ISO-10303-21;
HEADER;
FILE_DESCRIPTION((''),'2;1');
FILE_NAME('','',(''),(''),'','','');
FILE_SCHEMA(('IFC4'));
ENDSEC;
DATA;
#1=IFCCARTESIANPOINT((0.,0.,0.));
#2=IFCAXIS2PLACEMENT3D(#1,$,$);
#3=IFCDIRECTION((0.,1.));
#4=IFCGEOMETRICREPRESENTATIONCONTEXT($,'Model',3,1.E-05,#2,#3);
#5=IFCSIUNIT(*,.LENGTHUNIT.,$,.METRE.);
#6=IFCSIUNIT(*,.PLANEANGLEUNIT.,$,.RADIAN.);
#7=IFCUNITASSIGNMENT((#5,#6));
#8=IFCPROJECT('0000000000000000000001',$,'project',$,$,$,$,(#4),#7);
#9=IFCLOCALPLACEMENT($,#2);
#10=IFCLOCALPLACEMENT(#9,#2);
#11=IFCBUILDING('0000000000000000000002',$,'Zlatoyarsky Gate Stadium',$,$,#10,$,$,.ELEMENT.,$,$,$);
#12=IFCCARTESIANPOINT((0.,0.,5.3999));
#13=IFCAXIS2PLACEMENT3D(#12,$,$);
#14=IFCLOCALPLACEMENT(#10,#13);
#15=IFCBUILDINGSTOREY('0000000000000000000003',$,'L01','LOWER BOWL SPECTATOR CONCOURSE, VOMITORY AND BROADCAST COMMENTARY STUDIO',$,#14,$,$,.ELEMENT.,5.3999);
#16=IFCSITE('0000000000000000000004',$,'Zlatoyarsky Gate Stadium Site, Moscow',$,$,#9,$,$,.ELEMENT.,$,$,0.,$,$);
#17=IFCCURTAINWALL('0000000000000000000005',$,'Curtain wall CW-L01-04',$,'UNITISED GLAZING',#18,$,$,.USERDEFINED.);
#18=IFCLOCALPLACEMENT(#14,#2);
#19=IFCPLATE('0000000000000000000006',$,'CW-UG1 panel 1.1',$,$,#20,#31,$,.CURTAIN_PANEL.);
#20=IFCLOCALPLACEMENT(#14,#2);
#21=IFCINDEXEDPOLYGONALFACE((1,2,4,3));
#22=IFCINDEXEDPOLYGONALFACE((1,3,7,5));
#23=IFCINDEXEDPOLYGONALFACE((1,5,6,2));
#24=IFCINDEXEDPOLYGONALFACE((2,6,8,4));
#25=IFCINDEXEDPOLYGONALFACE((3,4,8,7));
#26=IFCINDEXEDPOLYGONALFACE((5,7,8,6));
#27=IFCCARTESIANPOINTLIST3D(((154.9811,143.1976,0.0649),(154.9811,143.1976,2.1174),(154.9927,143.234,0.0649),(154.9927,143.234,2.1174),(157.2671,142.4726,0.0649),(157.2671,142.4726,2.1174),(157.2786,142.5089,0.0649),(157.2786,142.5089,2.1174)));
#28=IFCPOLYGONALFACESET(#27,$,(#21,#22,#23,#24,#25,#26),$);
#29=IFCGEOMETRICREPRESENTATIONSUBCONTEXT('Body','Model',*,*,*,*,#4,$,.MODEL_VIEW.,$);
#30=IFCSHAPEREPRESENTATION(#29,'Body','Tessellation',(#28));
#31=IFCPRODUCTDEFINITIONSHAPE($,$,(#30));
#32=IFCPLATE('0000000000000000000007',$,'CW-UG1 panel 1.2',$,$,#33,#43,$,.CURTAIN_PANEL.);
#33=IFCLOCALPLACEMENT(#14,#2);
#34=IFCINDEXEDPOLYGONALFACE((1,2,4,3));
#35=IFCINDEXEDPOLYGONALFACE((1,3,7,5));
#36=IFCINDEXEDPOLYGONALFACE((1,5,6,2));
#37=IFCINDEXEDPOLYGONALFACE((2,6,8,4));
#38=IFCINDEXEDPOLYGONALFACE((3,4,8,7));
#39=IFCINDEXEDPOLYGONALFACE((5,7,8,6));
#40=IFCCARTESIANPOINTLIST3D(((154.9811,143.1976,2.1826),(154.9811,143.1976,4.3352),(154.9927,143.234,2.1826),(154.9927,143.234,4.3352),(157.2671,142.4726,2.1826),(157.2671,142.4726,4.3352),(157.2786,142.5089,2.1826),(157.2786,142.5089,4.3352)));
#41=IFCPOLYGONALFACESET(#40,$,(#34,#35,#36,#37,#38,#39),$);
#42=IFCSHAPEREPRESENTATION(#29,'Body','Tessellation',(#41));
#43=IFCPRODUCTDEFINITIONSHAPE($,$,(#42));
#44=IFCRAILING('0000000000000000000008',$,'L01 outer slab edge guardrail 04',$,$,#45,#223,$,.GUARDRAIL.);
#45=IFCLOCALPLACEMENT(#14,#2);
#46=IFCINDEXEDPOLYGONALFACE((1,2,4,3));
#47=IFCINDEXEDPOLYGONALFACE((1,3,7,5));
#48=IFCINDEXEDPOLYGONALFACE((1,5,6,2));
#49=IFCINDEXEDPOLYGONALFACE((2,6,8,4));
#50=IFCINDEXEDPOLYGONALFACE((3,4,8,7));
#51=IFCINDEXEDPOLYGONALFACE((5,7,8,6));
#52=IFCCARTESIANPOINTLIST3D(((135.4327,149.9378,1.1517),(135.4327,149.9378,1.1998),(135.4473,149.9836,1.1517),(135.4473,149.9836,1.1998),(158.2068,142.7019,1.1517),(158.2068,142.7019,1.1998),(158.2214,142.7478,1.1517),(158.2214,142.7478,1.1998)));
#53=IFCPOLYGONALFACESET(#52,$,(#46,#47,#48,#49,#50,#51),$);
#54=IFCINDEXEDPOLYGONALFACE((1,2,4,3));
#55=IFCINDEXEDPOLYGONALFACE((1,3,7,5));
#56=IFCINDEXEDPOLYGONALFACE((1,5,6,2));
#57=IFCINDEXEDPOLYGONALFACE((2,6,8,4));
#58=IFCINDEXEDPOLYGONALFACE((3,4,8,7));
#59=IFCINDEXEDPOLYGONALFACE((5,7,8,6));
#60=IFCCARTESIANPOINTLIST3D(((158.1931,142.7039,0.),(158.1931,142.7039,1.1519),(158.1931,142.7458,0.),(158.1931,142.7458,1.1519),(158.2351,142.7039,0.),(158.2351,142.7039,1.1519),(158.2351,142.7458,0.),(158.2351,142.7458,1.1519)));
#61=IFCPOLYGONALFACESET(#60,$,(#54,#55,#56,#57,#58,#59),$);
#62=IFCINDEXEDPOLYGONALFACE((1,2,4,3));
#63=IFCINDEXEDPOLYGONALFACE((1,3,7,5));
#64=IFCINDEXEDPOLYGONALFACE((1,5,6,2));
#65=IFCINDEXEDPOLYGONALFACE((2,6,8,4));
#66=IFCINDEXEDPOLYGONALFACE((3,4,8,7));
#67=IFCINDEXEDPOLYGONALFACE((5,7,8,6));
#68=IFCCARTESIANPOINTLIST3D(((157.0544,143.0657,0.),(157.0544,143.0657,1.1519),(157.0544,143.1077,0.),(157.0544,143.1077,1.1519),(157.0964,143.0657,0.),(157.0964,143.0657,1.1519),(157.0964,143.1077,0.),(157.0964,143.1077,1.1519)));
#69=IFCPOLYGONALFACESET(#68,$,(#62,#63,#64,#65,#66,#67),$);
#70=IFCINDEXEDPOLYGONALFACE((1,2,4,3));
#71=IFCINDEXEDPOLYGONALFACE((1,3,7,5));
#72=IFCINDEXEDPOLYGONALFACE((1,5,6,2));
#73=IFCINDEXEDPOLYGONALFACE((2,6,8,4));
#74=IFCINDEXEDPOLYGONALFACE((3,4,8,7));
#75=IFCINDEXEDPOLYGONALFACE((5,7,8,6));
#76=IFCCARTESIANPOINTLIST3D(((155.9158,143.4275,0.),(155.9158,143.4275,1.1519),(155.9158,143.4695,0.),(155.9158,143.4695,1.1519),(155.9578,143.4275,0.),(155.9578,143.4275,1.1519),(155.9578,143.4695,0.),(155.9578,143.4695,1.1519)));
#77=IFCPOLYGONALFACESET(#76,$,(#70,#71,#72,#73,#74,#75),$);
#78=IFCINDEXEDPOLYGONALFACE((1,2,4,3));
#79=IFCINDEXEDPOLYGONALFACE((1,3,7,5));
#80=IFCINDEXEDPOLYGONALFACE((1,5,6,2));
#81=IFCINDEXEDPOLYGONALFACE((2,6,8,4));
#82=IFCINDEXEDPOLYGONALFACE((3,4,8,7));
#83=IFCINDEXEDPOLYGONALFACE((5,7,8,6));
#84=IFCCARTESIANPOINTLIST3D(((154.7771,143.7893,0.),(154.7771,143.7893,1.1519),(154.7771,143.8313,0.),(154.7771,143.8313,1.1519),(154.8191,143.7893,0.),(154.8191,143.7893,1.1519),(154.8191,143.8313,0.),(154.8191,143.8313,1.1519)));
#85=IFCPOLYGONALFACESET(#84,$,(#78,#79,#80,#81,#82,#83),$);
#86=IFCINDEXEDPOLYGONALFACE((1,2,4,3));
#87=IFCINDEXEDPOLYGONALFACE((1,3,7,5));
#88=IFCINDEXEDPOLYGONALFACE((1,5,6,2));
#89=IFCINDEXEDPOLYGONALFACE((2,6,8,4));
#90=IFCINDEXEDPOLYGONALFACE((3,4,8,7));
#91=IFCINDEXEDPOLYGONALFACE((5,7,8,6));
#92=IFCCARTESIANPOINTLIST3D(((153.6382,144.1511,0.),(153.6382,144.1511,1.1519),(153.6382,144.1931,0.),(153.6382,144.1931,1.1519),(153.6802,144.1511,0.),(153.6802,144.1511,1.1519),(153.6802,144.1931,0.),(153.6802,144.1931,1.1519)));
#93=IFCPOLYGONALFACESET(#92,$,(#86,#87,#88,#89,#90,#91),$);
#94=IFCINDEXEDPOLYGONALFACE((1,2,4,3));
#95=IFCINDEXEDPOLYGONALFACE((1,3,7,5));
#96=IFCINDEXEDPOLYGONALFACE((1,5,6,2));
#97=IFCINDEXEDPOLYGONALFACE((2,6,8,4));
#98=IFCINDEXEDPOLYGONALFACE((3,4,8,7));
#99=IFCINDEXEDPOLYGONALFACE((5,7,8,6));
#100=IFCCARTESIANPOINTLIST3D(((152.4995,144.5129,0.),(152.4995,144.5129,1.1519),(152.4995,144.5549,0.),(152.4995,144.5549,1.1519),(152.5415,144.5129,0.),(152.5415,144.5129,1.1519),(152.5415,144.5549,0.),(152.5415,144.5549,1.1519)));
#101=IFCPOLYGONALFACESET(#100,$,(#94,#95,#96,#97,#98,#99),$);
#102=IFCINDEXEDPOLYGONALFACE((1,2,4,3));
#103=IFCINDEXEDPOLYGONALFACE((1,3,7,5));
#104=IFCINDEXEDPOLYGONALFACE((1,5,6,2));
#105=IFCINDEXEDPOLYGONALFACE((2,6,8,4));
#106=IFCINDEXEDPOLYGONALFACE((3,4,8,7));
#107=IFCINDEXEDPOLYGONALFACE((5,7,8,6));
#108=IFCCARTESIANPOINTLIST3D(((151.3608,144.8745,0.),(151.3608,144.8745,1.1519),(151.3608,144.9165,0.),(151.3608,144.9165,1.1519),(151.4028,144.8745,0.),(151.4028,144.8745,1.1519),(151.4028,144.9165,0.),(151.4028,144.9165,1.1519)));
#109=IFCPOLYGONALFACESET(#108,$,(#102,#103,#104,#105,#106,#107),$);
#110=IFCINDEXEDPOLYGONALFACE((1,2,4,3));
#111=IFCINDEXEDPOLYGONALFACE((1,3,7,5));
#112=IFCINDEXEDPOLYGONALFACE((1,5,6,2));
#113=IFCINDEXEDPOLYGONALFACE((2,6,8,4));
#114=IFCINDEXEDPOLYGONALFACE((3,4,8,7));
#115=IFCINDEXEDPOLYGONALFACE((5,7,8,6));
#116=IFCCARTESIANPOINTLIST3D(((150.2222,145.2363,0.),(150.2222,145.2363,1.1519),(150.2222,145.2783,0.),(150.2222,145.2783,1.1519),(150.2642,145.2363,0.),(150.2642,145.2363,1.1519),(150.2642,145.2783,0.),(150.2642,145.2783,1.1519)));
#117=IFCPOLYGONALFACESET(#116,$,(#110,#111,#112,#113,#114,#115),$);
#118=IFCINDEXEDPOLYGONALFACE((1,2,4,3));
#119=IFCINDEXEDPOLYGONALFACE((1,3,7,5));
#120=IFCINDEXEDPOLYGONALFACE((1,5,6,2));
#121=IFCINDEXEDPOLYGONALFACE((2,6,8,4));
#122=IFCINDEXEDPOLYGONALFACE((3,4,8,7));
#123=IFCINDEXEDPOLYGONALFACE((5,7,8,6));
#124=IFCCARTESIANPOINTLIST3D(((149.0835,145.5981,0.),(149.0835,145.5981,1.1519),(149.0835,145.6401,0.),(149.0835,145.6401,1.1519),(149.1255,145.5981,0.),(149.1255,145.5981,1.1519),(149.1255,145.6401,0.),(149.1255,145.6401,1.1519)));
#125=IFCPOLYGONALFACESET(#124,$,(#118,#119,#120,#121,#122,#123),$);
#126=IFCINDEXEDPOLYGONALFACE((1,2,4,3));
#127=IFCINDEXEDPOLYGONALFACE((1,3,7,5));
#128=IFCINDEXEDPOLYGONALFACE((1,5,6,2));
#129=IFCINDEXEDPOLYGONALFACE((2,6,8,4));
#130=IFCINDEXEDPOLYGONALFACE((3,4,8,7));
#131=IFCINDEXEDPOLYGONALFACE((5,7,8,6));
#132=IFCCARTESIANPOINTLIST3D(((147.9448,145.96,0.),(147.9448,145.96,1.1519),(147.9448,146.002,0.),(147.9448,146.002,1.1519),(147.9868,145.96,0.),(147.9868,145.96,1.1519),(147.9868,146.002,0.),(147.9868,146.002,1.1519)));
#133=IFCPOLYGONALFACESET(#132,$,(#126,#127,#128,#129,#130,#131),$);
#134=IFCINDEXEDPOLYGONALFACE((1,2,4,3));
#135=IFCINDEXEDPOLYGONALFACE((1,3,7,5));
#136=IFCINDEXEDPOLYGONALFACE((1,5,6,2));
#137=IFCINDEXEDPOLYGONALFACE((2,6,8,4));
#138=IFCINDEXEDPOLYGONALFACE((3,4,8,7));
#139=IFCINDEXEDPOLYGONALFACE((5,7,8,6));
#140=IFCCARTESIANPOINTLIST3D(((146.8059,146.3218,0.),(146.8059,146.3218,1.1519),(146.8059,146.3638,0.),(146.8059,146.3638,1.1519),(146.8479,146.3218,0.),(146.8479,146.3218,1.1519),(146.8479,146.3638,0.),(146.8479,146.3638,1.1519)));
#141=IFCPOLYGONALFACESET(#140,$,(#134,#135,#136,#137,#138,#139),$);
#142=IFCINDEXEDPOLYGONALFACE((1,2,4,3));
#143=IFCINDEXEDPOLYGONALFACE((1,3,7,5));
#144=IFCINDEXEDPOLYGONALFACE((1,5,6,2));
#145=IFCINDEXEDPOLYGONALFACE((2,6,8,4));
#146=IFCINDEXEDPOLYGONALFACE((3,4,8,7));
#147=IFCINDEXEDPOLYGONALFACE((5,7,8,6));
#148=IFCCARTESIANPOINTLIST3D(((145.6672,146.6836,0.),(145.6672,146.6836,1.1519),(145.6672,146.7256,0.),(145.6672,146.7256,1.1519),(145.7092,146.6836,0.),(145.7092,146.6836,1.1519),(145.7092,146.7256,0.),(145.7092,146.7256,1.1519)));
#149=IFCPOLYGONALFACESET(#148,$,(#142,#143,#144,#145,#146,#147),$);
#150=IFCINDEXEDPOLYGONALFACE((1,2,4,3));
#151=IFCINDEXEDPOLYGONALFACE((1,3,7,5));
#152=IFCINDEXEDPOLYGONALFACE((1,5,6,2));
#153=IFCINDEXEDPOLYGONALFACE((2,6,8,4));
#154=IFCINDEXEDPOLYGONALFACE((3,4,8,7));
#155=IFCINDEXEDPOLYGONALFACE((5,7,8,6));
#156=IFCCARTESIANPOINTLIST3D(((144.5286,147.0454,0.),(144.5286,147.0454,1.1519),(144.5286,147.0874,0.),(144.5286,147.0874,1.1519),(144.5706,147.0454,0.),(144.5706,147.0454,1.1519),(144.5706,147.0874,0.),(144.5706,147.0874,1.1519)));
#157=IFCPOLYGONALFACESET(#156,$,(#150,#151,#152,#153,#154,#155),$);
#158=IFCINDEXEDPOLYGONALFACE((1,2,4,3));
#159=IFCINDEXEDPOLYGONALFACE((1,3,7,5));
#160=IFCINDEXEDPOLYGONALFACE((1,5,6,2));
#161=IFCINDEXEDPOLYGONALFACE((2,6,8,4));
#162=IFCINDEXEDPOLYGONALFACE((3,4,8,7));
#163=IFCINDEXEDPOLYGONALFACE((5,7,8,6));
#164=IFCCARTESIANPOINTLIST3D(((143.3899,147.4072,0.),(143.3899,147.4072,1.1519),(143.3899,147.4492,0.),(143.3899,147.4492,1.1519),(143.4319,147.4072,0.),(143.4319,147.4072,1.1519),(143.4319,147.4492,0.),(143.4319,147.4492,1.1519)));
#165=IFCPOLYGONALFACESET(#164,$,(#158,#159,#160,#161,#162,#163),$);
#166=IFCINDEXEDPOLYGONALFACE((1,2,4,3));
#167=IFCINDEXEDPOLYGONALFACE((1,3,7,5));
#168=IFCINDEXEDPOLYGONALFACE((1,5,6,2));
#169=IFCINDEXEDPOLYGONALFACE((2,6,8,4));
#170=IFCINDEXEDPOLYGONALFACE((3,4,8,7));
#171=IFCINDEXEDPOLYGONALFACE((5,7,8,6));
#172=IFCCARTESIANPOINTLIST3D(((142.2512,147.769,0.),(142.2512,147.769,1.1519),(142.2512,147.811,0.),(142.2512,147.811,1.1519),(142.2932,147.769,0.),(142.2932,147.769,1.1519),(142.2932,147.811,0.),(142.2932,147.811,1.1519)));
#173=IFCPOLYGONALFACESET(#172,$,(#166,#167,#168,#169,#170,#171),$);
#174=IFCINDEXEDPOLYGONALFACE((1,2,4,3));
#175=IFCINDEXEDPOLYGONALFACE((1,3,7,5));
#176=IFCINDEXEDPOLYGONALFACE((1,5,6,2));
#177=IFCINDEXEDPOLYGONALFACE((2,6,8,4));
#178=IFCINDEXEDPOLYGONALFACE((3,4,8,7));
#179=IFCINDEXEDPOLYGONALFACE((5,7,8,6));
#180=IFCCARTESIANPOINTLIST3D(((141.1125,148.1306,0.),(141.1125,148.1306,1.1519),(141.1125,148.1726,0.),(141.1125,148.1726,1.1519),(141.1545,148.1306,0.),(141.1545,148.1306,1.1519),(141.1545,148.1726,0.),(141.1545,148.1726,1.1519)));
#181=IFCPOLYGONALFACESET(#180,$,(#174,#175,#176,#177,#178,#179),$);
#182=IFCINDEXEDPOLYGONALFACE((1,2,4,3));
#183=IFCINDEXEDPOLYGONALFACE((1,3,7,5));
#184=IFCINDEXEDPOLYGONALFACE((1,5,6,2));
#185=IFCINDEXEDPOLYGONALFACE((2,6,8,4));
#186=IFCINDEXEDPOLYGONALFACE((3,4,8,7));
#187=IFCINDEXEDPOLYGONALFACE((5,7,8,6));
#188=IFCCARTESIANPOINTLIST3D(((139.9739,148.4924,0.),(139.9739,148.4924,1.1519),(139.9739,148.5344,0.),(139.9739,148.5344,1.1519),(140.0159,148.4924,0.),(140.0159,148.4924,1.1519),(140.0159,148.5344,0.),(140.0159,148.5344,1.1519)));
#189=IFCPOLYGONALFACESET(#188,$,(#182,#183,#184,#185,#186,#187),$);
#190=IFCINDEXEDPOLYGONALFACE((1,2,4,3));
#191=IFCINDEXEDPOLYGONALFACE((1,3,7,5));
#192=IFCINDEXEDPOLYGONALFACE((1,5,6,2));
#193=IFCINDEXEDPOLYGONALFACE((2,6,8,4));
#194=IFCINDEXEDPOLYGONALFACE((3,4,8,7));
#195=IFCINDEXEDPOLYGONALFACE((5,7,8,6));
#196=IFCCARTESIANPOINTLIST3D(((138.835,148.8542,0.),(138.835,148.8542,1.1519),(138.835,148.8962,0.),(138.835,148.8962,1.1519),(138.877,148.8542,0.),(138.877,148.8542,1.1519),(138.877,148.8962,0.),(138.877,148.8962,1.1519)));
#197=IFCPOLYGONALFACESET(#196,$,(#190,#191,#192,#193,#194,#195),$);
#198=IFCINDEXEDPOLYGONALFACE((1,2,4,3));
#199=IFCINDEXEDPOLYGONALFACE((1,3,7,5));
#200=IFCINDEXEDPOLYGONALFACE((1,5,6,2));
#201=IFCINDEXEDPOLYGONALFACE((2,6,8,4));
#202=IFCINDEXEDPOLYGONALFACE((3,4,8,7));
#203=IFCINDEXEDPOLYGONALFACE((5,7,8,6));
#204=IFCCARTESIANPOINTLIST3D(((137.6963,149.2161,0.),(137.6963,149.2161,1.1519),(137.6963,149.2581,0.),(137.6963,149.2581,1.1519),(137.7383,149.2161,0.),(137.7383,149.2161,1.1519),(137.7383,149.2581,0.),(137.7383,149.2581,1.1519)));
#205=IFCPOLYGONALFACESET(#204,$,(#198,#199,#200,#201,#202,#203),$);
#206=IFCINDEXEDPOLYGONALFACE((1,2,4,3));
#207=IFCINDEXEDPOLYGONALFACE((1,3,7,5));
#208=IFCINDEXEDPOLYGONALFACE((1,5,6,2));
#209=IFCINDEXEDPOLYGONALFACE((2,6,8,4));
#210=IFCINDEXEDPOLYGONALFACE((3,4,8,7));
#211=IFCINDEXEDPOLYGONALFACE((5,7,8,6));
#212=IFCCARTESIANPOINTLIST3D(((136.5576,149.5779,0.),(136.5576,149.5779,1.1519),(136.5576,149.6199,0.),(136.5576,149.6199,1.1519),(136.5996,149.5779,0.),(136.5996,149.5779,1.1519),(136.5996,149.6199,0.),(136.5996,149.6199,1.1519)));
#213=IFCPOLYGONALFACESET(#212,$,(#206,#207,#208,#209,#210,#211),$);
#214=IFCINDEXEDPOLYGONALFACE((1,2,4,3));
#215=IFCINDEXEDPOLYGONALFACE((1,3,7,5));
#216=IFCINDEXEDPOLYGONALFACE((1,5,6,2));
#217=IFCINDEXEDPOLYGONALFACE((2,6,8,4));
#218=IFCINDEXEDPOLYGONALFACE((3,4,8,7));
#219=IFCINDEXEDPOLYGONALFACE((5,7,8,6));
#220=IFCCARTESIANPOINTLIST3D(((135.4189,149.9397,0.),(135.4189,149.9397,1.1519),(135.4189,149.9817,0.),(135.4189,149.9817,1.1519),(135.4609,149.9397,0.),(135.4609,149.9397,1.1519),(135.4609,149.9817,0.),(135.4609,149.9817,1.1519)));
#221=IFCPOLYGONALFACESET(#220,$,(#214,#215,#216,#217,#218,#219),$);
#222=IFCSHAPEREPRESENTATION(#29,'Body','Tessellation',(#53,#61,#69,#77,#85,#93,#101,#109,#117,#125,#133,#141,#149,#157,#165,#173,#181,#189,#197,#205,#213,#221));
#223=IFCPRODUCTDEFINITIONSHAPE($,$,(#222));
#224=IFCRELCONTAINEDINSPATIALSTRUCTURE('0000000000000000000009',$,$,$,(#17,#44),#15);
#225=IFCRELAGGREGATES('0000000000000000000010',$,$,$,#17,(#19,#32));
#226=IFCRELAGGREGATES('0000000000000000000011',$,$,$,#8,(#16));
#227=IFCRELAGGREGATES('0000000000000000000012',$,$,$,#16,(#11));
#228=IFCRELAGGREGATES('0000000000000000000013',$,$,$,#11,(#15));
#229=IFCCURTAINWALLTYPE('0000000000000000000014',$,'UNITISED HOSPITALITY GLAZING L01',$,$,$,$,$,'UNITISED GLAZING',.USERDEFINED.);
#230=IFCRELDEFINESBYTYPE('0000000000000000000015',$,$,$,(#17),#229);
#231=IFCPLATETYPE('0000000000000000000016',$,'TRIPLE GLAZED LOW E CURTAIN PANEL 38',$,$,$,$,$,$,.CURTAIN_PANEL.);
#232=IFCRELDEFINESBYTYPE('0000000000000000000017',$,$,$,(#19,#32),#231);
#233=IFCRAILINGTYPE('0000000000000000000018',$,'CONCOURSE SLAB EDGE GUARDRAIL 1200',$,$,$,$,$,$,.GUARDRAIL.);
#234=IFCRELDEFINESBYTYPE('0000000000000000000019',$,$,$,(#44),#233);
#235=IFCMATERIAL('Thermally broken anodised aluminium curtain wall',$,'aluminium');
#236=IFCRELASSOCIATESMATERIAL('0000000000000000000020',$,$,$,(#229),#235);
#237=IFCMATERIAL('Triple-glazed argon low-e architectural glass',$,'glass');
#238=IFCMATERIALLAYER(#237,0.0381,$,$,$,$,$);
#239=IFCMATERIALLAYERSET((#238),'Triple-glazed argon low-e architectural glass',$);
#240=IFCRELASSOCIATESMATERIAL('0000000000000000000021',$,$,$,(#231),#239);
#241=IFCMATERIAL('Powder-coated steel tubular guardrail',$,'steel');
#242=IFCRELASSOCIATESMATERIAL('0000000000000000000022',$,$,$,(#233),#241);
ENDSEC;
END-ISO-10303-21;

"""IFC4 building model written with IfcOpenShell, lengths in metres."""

from ifc_helpers import new_model, si_unit, direction, frame, origin, origin_2d, place, context, subcontext, project, spatial, rectangle, extrude, material, layer, layer_set, type_object, element, aggregate, save


model = new_model("IFC4")

# Units and contexts
model_context = context("Model", 3, precision=1e-05, world=origin(), true_north=direction((0.0, 1.0)))
body_context = subcontext(model_context, "Body", "Model", "MODEL_VIEW")
ifc_project = project(units=[si_unit("LENGTHUNIT", "METRE"), si_unit("PLANEANGLEUNIT", "RADIAN")], contexts=[model_context])

# Site, building, storey
site_placement = place(None, origin())
site = spatial("IfcSite", under=ifc_project, at=site_placement, Name="Zlatoyarsky Gate Stadium Site, Moscow", CompositionType="ELEMENT", RefElevation=0.0)
building_placement = place(site_placement, origin())
building = spatial("IfcBuilding", under=site, at=building_placement, Name="Zlatoyarsky Gate Stadium", CompositionType="ELEMENT")
storey_placement = place(building_placement, frame((0.0, 0.0, 5.3999)))
storey = spatial("IfcBuildingStorey", under=building, at=storey_placement, Name="L01", Description="LOWER BOWL SPECTATOR CONCOURSE, VOMITORY AND BROADCAST COMMENTARY STUDIO", CompositionType="ELEMENT", Elevation=5.3999)

# Curtain wall
ifc_material_1 = material(Name="Thermally broken anodised aluminium curtain wall", Category="aluminium")
curtain_wall_type = type_object("IfcCurtainWallType", Name="UNITISED HOSPITALITY GLAZING L01", ElementType="UNITISED GLAZING", PredefinedType="USERDEFINED", material=ifc_material_1)
curtain_wall_1_placement = place(storey_placement, origin())
curtain_wall_1 = element("IfcCurtainWall", 1, at=curtain_wall_1_placement, inside=storey, type_object=curtain_wall_type, Name="Curtain wall CW-L01-04", ObjectType="UNITISED GLAZING", PredefinedType="USERDEFINED")

# Plates
ifc_material_2 = material(Name="Triple-glazed argon low-e architectural glass", Category="glass")
ifc_layer_1 = layer(ifc_material_2, 0.0381)
ifc_layer_set_1 = layer_set([ifc_layer_1], Name="Triple-glazed argon low-e architectural glass")
plate_type_1 = type_object("IfcPlateType", Name="TRIPLE GLAZED LOW E CURTAIN PANEL 38", PredefinedType="CURTAIN_PANEL", material=ifc_layer_set_1)
plate_1_placement = place(storey_placement, frame((156.1299, 142.8533, 0.0649), z_axis=(0.0, 0.0, 1.0), x_axis=(-0.953202, 0.302334, 0.0)))
plate_1 = element("IfcPlate", 2, at=plate_1_placement, type_object=plate_type_1, Name="CW-UG1 panel 1.1", PredefinedType="CURTAIN_PANEL", context=body_context, shape_type="SweptSolid", body=[
    extrude(rectangle(XDim=2.3982, YDim=0.0381, at=origin_2d()), origin(), (0.0, 0.0, 1.0), 2.0525),
])
plate_2_placement = place(storey_placement, frame((156.1299, 142.8533, 2.1826), z_axis=(0.0, 0.0, 1.0), x_axis=(-0.953202, 0.302334, 0.0)))
plate_2 = element("IfcPlate", 3, at=plate_2_placement, type_object=plate_type_1, Name="CW-UG1 panel 1.2", PredefinedType="CURTAIN_PANEL", context=body_context, shape_type="SweptSolid", body=[
    extrude(rectangle(XDim=2.3982, YDim=0.0381, at=origin_2d()), origin(), (0.0, 0.0, 1.0), 2.1526),
])
aggregate(curtain_wall_1, [plate_1, plate_2])

# Railing
ifc_material_3 = material(Name="Powder-coated steel tubular guardrail", Category="steel")
railing_type = type_object("IfcRailingType", Name="CONCOURSE SLAB EDGE GUARDRAIL 1200", PredefinedType="GUARDRAIL", material=ifc_material_3)
railing_placement = place(storey_placement, frame((158.2141, 142.7249, 0.0)))
element("IfcRailing", 4, at=railing_placement, inside=storey, type_object=railing_type, Name="L01 outer slab edge guardrail 04", PredefinedType="GUARDRAIL", context=body_context, shape_type="SweptSolid", body=[
    extrude(rectangle(XDim=0.0481, YDim=0.0481, at=origin_2d()), frame((0.0, 0.0, 1.1758), z_axis=(-0.953052, 0.302805, 0.0), x_axis=(-0.302805, -0.953052, 0.0)), (0.0, 0.0, 1.0), 23.896),
    extrude(rectangle(XDim=0.042, YDim=0.042, at=origin_2d()), origin(), (0.0, 0.0, 1.0), 1.1519),
    extrude(rectangle(XDim=0.042, YDim=0.042, at=origin_2d()), frame((-1.1387, 0.3618, 0.0)), (0.0, 0.0, 1.0), 1.1519),
    extrude(rectangle(XDim=0.042, YDim=0.042, at=origin_2d()), frame((-2.2773, 0.7236, 0.0)), (0.0, 0.0, 1.0), 1.1519),
    extrude(rectangle(XDim=0.042, YDim=0.042, at=origin_2d()), frame((-3.416, 1.0854, 0.0)), (0.0, 0.0, 1.0), 1.1519),
    extrude(rectangle(XDim=0.042, YDim=0.042, at=origin_2d()), frame((-4.5549, 1.4473, 0.0)), (0.0, 0.0, 1.0), 1.1519),
    extrude(rectangle(XDim=0.042, YDim=0.042, at=origin_2d()), frame((-5.6936, 1.8091, 0.0)), (0.0, 0.0, 1.0), 1.1519),
    extrude(rectangle(XDim=0.042, YDim=0.042, at=origin_2d()), frame((-6.8323, 2.1707, 0.0)), (0.0, 0.0, 1.0), 1.1519),
    extrude(rectangle(XDim=0.042, YDim=0.042, at=origin_2d()), frame((-7.9709, 2.5325, 0.0)), (0.0, 0.0, 1.0), 1.1519),
    extrude(rectangle(XDim=0.042, YDim=0.042, at=origin_2d()), frame((-9.1096, 2.8943, 0.0)), (0.0, 0.0, 1.0), 1.1519),
    extrude(rectangle(XDim=0.042, YDim=0.042, at=origin_2d()), frame((-10.2483, 3.2561, 0.0)), (0.0, 0.0, 1.0), 1.1519),
    extrude(rectangle(XDim=0.042, YDim=0.042, at=origin_2d()), frame((-11.3872, 3.6179, 0.0)), (0.0, 0.0, 1.0), 1.1519),
    extrude(rectangle(XDim=0.042, YDim=0.042, at=origin_2d()), frame((-12.5259, 3.9797, 0.0)), (0.0, 0.0, 1.0), 1.1519),
    extrude(rectangle(XDim=0.042, YDim=0.042, at=origin_2d()), frame((-13.6646, 4.3416, 0.0)), (0.0, 0.0, 1.0), 1.1519),
    extrude(rectangle(XDim=0.042, YDim=0.042, at=origin_2d()), frame((-14.8032, 4.7034, 0.0)), (0.0, 0.0, 1.0), 1.1519),
    extrude(rectangle(XDim=0.042, YDim=0.042, at=origin_2d()), frame((-15.9419, 5.0652, 0.0)), (0.0, 0.0, 1.0), 1.1519),
    extrude(rectangle(XDim=0.042, YDim=0.042, at=origin_2d()), frame((-17.0806, 5.4268, 0.0)), (0.0, 0.0, 1.0), 1.1519),
    extrude(rectangle(XDim=0.042, YDim=0.042, at=origin_2d()), frame((-18.2192, 5.7886, 0.0)), (0.0, 0.0, 1.0), 1.1519),
    extrude(rectangle(XDim=0.042, YDim=0.042, at=origin_2d()), frame((-19.3582, 6.1504, 0.0)), (0.0, 0.0, 1.0), 1.1519),
    extrude(rectangle(XDim=0.042, YDim=0.042, at=origin_2d()), frame((-20.4968, 6.5122, 0.0)), (0.0, 0.0, 1.0), 1.1519),
    extrude(rectangle(XDim=0.042, YDim=0.042, at=origin_2d()), frame((-21.6355, 6.874, 0.0)), (0.0, 0.0, 1.0), 1.1519),
    extrude(rectangle(XDim=0.042, YDim=0.042, at=origin_2d()), frame((-22.7742, 7.2358, 0.0)), (0.0, 0.0, 1.0), 1.1519),
])

save(model, "model.ifc")
